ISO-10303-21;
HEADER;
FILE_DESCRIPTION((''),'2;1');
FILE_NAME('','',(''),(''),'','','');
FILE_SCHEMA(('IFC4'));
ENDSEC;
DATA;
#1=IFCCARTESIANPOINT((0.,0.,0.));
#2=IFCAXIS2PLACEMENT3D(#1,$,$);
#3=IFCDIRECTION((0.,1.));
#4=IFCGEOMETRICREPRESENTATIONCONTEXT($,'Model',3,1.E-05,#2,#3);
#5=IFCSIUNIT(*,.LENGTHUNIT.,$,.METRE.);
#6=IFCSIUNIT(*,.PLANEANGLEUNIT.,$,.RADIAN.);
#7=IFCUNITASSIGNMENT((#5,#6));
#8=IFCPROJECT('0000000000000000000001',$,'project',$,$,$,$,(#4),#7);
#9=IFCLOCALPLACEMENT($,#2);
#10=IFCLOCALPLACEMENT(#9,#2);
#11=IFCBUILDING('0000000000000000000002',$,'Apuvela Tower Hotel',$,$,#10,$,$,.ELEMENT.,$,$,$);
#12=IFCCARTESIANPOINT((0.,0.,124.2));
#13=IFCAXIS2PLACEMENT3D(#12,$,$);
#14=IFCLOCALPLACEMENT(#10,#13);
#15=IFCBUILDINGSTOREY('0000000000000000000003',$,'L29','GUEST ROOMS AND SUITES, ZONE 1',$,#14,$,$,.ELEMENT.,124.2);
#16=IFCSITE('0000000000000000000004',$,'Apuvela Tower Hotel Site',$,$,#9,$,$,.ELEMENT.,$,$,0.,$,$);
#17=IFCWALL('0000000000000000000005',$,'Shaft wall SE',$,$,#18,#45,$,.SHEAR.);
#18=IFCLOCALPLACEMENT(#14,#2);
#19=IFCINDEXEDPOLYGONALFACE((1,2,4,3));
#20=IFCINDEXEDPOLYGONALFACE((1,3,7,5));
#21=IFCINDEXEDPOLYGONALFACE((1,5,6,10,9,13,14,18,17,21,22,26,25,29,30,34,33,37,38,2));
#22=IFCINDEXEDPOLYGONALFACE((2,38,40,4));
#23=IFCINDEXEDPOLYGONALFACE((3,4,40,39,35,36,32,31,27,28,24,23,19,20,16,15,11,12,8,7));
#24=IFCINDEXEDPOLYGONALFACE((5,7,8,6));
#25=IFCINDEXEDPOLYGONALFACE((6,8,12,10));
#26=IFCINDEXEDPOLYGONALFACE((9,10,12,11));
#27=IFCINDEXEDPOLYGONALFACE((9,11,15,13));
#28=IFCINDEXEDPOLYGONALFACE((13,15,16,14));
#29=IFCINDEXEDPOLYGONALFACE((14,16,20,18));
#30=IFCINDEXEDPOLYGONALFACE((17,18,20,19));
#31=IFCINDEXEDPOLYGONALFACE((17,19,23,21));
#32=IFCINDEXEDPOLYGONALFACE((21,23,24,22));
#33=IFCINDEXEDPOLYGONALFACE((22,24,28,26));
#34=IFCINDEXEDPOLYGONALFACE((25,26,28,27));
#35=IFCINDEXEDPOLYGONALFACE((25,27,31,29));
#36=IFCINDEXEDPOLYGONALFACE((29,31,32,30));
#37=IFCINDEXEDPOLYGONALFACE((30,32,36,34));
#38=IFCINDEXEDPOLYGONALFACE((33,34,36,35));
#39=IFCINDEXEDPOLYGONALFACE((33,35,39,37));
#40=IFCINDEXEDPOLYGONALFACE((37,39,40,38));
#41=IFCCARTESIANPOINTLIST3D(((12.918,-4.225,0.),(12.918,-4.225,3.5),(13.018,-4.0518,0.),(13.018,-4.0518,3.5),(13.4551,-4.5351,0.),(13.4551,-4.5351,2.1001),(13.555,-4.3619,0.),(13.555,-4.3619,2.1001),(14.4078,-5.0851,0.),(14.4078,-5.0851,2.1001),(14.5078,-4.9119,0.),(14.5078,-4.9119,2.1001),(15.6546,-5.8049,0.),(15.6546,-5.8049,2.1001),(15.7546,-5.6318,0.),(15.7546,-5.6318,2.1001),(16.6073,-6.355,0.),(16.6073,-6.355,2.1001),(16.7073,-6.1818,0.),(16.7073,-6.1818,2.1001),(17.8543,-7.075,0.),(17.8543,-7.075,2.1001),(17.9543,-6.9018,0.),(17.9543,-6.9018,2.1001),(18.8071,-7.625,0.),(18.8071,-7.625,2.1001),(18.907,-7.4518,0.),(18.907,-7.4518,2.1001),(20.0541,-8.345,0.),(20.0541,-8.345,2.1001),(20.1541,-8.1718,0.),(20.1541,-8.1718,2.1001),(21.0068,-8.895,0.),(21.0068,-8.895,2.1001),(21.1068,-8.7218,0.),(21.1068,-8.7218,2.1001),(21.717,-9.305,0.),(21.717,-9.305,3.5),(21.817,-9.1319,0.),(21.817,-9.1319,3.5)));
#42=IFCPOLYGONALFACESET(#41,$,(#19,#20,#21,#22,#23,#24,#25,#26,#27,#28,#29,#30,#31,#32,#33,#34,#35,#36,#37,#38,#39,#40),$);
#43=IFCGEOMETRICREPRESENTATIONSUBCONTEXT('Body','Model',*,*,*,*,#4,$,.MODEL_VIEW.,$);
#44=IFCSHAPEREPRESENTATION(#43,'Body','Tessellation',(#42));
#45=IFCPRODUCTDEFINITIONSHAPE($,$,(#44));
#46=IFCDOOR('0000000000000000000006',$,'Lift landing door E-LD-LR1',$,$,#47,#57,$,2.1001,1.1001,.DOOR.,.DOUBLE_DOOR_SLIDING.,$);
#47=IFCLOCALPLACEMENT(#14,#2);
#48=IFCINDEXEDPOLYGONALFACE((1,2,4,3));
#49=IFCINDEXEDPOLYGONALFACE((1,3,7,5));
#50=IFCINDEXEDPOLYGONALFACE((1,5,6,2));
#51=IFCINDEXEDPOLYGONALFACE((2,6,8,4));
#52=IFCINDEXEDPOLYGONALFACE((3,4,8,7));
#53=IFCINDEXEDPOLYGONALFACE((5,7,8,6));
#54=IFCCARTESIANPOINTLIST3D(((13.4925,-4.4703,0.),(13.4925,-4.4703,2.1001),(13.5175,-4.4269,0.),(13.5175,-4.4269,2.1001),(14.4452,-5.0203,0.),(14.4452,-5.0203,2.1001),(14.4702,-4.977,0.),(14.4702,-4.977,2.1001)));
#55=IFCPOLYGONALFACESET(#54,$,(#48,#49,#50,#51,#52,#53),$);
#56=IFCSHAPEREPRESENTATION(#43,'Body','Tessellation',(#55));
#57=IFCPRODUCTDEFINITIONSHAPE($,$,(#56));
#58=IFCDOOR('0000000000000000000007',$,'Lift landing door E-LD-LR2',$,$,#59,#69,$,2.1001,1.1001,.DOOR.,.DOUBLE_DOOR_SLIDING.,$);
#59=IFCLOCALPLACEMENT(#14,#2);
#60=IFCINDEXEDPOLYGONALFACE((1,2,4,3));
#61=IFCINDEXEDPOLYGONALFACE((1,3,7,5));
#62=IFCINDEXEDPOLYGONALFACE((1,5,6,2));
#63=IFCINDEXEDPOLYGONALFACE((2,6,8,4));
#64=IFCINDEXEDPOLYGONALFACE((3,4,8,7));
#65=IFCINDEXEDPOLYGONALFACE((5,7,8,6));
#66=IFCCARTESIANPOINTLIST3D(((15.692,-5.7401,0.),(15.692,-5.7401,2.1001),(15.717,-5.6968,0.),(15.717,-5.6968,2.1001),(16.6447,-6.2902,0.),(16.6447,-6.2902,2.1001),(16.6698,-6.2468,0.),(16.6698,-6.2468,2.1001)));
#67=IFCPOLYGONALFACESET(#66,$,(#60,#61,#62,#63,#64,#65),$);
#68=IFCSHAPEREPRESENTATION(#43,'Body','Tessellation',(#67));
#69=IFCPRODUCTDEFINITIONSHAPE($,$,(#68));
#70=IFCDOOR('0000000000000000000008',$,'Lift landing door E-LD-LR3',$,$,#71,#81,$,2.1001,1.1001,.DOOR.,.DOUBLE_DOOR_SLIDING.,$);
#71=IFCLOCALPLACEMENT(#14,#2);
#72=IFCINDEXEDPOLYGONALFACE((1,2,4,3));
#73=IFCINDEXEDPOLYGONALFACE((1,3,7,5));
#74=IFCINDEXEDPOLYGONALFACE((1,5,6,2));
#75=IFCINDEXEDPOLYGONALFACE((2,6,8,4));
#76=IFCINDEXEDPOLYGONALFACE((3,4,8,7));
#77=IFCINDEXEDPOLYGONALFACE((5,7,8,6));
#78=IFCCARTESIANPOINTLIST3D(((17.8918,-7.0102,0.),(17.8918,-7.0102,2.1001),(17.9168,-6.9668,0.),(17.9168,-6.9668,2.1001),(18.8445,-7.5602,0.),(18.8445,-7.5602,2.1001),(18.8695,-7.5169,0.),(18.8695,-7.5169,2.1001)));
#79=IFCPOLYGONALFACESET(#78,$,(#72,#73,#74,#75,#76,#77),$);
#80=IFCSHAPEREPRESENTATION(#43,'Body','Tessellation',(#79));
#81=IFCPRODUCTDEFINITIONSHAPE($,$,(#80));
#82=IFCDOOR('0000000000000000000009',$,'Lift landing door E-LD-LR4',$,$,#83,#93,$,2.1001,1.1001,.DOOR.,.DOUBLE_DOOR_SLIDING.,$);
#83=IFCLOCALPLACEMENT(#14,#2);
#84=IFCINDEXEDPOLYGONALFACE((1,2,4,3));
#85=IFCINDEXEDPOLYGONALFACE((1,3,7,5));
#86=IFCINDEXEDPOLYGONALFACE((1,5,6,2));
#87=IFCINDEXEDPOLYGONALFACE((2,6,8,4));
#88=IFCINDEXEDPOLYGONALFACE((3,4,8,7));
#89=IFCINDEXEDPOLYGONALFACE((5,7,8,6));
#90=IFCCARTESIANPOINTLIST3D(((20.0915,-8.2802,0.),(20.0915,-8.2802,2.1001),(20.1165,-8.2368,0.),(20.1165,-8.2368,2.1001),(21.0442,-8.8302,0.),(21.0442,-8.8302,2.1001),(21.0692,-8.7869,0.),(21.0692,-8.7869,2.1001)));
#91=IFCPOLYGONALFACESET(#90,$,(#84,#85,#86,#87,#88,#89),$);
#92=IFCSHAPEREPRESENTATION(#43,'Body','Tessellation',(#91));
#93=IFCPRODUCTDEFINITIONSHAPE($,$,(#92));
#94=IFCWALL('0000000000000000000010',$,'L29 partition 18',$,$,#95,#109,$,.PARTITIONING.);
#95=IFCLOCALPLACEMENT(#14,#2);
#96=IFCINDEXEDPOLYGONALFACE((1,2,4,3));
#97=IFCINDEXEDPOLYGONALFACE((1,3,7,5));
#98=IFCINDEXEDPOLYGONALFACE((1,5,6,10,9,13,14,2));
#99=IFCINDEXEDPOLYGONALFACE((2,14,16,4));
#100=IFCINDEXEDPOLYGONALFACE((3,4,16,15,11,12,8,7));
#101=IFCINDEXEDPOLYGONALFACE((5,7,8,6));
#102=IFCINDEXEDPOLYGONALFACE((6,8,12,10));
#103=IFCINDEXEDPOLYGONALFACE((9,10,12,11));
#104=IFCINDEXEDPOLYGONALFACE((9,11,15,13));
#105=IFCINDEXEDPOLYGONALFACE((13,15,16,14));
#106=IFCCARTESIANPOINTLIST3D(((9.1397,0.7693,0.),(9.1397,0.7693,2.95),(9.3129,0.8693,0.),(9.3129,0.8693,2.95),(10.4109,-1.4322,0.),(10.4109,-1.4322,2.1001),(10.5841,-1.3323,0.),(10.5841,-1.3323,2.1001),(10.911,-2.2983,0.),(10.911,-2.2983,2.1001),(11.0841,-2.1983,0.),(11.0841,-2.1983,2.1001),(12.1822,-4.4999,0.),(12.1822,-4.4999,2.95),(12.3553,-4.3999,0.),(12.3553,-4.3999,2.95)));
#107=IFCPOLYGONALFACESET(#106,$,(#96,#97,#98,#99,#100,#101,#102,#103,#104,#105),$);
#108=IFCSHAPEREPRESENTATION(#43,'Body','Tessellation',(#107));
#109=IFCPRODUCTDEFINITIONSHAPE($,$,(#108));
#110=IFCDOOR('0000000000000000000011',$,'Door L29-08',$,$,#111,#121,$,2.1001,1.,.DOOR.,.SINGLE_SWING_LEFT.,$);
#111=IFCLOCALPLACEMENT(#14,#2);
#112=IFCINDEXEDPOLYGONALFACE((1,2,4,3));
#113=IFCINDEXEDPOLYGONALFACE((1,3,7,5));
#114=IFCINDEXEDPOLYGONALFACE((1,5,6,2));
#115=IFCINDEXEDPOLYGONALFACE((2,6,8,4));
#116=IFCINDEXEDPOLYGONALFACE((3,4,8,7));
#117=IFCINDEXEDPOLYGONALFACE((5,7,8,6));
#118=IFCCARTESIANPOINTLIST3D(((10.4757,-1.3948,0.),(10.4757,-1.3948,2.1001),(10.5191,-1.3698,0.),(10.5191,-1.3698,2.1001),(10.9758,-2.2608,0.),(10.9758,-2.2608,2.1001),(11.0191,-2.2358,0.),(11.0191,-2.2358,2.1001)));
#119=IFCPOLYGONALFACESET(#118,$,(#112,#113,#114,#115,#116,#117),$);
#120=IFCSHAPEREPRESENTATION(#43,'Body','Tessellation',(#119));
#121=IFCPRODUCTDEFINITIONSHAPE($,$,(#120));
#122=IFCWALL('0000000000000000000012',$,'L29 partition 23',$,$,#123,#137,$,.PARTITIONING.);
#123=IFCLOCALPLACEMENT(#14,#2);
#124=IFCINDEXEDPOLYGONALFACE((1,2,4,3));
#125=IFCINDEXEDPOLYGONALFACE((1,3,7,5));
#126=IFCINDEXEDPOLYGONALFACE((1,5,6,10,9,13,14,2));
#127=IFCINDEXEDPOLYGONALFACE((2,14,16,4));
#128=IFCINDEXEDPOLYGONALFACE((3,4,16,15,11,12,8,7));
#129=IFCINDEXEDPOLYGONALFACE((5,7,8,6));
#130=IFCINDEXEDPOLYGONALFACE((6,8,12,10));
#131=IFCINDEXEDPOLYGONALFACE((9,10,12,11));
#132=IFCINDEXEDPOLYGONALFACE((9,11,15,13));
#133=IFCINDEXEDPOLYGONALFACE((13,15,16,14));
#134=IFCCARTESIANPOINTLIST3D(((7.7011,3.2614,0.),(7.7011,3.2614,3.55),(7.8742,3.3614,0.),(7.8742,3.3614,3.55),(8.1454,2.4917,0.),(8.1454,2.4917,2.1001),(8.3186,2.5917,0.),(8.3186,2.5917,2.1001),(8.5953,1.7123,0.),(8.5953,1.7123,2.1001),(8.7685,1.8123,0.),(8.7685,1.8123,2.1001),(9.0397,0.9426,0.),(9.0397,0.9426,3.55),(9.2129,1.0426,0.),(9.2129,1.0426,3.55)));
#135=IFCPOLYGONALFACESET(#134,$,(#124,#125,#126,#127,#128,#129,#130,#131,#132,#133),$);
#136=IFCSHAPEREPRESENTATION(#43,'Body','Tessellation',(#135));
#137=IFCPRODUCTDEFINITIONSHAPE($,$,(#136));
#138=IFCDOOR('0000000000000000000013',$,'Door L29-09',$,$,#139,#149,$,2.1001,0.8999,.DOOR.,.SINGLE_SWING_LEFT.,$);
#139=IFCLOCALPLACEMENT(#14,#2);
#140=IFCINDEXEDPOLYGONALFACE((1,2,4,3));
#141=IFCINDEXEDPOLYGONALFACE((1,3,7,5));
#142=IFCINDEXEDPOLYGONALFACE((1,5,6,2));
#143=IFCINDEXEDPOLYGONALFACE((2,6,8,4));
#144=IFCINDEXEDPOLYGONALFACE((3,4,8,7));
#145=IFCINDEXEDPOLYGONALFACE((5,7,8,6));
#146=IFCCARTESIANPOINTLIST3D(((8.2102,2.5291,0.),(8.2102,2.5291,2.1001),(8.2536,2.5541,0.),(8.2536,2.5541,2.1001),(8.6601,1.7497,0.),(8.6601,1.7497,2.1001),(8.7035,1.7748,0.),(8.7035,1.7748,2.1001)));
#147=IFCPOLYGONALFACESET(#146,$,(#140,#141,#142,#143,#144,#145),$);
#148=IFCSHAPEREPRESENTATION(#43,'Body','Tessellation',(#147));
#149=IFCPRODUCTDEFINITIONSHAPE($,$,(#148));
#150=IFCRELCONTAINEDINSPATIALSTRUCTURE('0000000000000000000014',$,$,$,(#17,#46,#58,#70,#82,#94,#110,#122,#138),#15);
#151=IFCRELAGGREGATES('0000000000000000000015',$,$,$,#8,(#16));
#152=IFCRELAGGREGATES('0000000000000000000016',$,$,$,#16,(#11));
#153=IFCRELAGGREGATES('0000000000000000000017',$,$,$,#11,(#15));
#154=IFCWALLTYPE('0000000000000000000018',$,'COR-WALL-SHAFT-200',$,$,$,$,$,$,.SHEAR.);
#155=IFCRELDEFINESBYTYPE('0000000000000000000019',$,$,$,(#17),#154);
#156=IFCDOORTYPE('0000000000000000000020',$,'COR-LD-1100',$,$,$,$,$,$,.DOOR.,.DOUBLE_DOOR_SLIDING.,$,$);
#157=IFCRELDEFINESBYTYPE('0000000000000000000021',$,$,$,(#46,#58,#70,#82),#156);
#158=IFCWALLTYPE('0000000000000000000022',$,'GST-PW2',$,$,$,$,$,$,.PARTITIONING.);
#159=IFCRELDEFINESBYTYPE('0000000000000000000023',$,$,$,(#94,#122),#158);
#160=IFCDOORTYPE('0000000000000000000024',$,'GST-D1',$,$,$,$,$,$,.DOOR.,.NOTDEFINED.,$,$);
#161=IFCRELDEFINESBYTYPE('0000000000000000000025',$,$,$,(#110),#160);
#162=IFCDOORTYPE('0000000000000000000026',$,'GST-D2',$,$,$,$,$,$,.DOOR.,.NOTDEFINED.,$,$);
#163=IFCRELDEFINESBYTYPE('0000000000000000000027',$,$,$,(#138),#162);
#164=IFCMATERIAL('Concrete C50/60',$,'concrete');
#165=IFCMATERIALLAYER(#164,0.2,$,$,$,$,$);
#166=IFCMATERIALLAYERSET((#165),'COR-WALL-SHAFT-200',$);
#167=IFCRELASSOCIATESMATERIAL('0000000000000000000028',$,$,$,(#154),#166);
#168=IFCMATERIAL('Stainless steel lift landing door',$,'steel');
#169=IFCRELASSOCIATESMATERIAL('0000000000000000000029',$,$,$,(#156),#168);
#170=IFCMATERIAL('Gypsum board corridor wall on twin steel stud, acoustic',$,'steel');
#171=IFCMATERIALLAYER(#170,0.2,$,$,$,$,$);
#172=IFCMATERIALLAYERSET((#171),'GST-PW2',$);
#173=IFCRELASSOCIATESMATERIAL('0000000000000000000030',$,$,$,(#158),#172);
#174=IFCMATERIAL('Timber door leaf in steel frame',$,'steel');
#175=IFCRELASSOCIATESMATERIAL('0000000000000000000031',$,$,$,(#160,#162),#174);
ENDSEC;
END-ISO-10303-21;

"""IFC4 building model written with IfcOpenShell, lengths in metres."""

from ifc_helpers import new_model, si_unit, direction, frame, frame_2d, origin, place, context, subcontext, project, spatial, rectangle, extrude, material, layer, layer_set, type_object, element, fill, save


model = new_model("IFC4")

# Units and contexts
model_context = context("Model", 3, precision=1e-05, world=origin(), true_north=direction((0.0, 1.0)))
body_context = subcontext(model_context, "Body", "Model", "MODEL_VIEW")
ifc_project = project(units=[si_unit("LENGTHUNIT", "METRE"), si_unit("PLANEANGLEUNIT", "RADIAN")], contexts=[model_context])

# Site, building, storey
site_placement = place(None, origin())
site = spatial("IfcSite", under=ifc_project, at=site_placement, Name="Apuvela Tower Hotel Site", CompositionType="ELEMENT", RefElevation=0.0)
building_placement = place(site_placement, origin())
building = spatial("IfcBuilding", under=site, at=building_placement, Name="Apuvela Tower Hotel", CompositionType="ELEMENT")
storey_placement = place(building_placement, frame((0.0, 0.0, 124.2)))
storey = spatial("IfcBuildingStorey", under=building, at=storey_placement, Name="L29", Description="GUEST ROOMS AND SUITES, ZONE 1", CompositionType="ELEMENT", Elevation=124.2)

# Shared definitions
ifc_material_1 = material(Name="Concrete C50/60", Category="concrete")

# Wall, openings, doors
ifc_layer_1 = layer(ifc_material_1, 0.2)
ifc_layer_set_1 = layer_set([ifc_layer_1], Name="COR-WALL-SHAFT-200")
wall_type_1 = type_object("IfcWallType", Name="COR-WALL-SHAFT-200", PredefinedType="SHEAR", material=ifc_layer_set_1)
wall_1_placement = place(storey_placement, frame((12.968, -4.1384, 0.0), z_axis=(0.0, 0.0, 1.0), x_axis=(0.866028, -0.499995, 0.0)))
wall_1 = element("IfcWall", 1, at=wall_1_placement, inside=storey, type_object=wall_type_1, Name="Shaft wall SE", PredefinedType="SHEAR", context=body_context, shape_type="SweptSolid", body=[
    extrude(rectangle(XDim=10.1602, YDim=0.2, at=frame_2d((5.0801, 0.0))), origin(), (0.0, 0.0, 1.0), 3.5),
])
opening_1_placement = place(wall_1_placement, frame((0.6201, 0.0, 0.0)))
opening_1 = element("IfcOpeningElement", 2, at=opening_1_placement, cuts=wall_1, PredefinedType="OPENING", context=body_context, shape_type="SweptSolid", body=[
    extrude(rectangle(XDim=1.1001, YDim=2.1001, at=frame_2d((0.55, 1.05))), frame((0.0, 0.1099, 0.0), z_axis=(0.0, -1.0, 0.0), x_axis=(1.0, 0.0, 0.0)), (0.0, 0.0, 1.0), 0.22),
])
opening_2_placement = place(wall_1_placement, frame((3.1599, 0.0, 0.0)))
opening_2 = element("IfcOpeningElement", 3, at=opening_2_placement, cuts=wall_1, PredefinedType="OPENING", context=body_context, shape_type="SweptSolid", body=[
    extrude(rectangle(XDim=1.1001, YDim=2.1001, at=frame_2d((0.55, 1.05))), frame((0.0, 0.1099, 0.0), z_axis=(0.0, -1.0, 0.0), x_axis=(1.0, 0.0, 0.0)), (0.0, 0.0, 1.0), 0.22),
])
opening_3_placement = place(wall_1_placement, frame((5.7, 0.0, 0.0)))
opening_3 = element("IfcOpeningElement", 4, at=opening_3_placement, cuts=wall_1, PredefinedType="OPENING", context=body_context, shape_type="SweptSolid", body=[
    extrude(rectangle(XDim=1.1001, YDim=2.1001, at=frame_2d((0.55, 1.05))), frame((0.0, 0.1099, 0.0), z_axis=(0.0, -1.0, 0.0), x_axis=(1.0, 0.0, 0.0)), (0.0, 0.0, 1.0), 0.22),
])
opening_4_placement = place(wall_1_placement, frame((8.24, 0.0, 0.0)))
opening_4 = element("IfcOpeningElement", 5, at=opening_4_placement, cuts=wall_1, PredefinedType="OPENING", context=body_context, shape_type="SweptSolid", body=[
    extrude(rectangle(XDim=1.1001, YDim=2.1001, at=frame_2d((0.55, 1.05))), frame((0.0, 0.1099, 0.0), z_axis=(0.0, -1.0, 0.0), x_axis=(1.0, 0.0, 0.0)), (0.0, 0.0, 1.0), 0.22),
])
ifc_material_2 = material(Name="Stainless steel lift landing door", Category="steel")
door_type_1 = type_object("IfcDoorType", Name="COR-LD-1100", OperationType="DOUBLE_DOOR_SLIDING", PredefinedType="DOOR", material=ifc_material_2)
door_1_placement = place(opening_1_placement, origin())
door_1 = element("IfcDoor", 6, at=door_1_placement, inside=storey, type_object=door_type_1, Name="Lift landing door E-LD-LR1", OperationType="DOUBLE_DOOR_SLIDING", OverallHeight=2.1001, OverallWidth=1.1001, PredefinedType="DOOR", context=body_context, shape_type="SweptSolid", body=[
    extrude(rectangle(XDim=1.1001, YDim=2.1001, at=frame_2d((0.55, 1.05))), frame((0.0, 0.0249, 0.0), z_axis=(0.0, -1.0, 0.0), x_axis=(1.0, 0.0, 0.0)), (0.0, 0.0, 1.0), 0.05),
])
fill(opening_1, door_1)
door_2_placement = place(opening_2_placement, origin())
door_2 = element("IfcDoor", 7, at=door_2_placement, inside=storey, type_object=door_type_1, Name="Lift landing door E-LD-LR2", OperationType="DOUBLE_DOOR_SLIDING", OverallHeight=2.1001, OverallWidth=1.1001, PredefinedType="DOOR", context=body_context, shape_type="SweptSolid", body=[
    extrude(rectangle(XDim=1.1001, YDim=2.1001, at=frame_2d((0.55, 1.05))), frame((0.0, 0.0249, 0.0), z_axis=(0.0, -1.0, 0.0), x_axis=(1.0, 0.0, 0.0)), (0.0, 0.0, 1.0), 0.05),
])
fill(opening_2, door_2)
door_3_placement = place(opening_3_placement, origin())
door_3 = element("IfcDoor", 8, at=door_3_placement, inside=storey, type_object=door_type_1, Name="Lift landing door E-LD-LR3", OperationType="DOUBLE_DOOR_SLIDING", OverallHeight=2.1001, OverallWidth=1.1001, PredefinedType="DOOR", context=body_context, shape_type="SweptSolid", body=[
    extrude(rectangle(XDim=1.1001, YDim=2.1001, at=frame_2d((0.55, 1.05))), frame((0.0, 0.0249, 0.0), z_axis=(0.0, -1.0, 0.0), x_axis=(1.0, 0.0, 0.0)), (0.0, 0.0, 1.0), 0.05),
])
fill(opening_3, door_3)
door_4_placement = place(opening_4_placement, origin())
door_4 = element("IfcDoor", 9, at=door_4_placement, inside=storey, type_object=door_type_1, Name="Lift landing door E-LD-LR4", OperationType="DOUBLE_DOOR_SLIDING", OverallHeight=2.1001, OverallWidth=1.1001, PredefinedType="DOOR", context=body_context, shape_type="SweptSolid", body=[
    extrude(rectangle(XDim=1.1001, YDim=2.1001, at=frame_2d((0.55, 1.05))), frame((0.0, 0.0249, 0.0), z_axis=(0.0, -1.0, 0.0), x_axis=(1.0, 0.0, 0.0)), (0.0, 0.0, 1.0), 0.05),
])
fill(opening_4, door_4)

# Walls, openings, doors
ifc_material_3 = material(Name="Gypsum board corridor wall on twin steel stud, acoustic", Category="steel")
ifc_layer_2 = layer(ifc_material_3, 0.2)
ifc_layer_set_2 = layer_set([ifc_layer_2], Name="GST-PW2")
wall_type_2 = type_object("IfcWallType", Name="GST-PW2", PredefinedType="PARTITIONING", material=ifc_layer_set_2)
wall_2_placement = place(storey_placement, frame((9.2263, 0.8193, 0.0), z_axis=(0.0, 0.0, 1.0), x_axis=(0.500032, -0.866007, 0.0)))
wall_2 = element("IfcWall", 10, at=wall_2_placement, inside=storey, type_object=wall_type_2, Name="L29 partition 18", PredefinedType="PARTITIONING", context=body_context, shape_type="SweptSolid", body=[
    extrude(rectangle(XDim=6.0845, YDim=0.2, at=frame_2d((3.0422, 0.0))), origin(), (0.0, 0.0, 1.0), 2.95),
])
opening_5_placement = place(wall_2_placement, frame((2.5422, 0.0, 0.0)))
opening_5 = element("IfcOpeningElement", 11, at=opening_5_placement, cuts=wall_2, PredefinedType="OPENING", context=body_context, shape_type="SweptSolid", body=[
    extrude(rectangle(XDim=1.0, YDim=2.1001, at=frame_2d((0.5, 1.05))), frame((0.0, 0.1099, 0.0), z_axis=(0.0, -1.0, 0.0), x_axis=(1.0, 0.0, 0.0)), (0.0, 0.0, 1.0), 0.22),
])
ifc_material_4 = material(Name="Timber door leaf in steel frame", Category="steel")
door_type_2 = type_object("IfcDoorType", Name="GST-D1", OperationType="NOTDEFINED", PredefinedType="DOOR", material=ifc_material_4)
door_5_placement = place(opening_5_placement, origin())
door_5 = element("IfcDoor", 12, at=door_5_placement, inside=storey, type_object=door_type_2, Name="Door L29-08", OperationType="SINGLE_SWING_LEFT", OverallHeight=2.1001, OverallWidth=1.0, PredefinedType="DOOR", context=body_context, shape_type="SweptSolid", body=[
    extrude(rectangle(XDim=1.0, YDim=2.1001, at=frame_2d((0.5, 1.05))), frame((0.0, 0.0249, 0.0), z_axis=(0.0, -1.0, 0.0), x_axis=(1.0, 0.0, 0.0)), (0.0, 0.0, 1.0), 0.05),
])
fill(opening_5, door_5)
wall_3_placement = place(storey_placement, frame((7.7876, 3.3115, 0.0), z_axis=(0.0, 0.0, 1.0), x_axis=(0.499954, -0.866052, 0.0)))
wall_3 = element("IfcWall", 13, at=wall_3_placement, inside=storey, type_object=wall_type_2, Name="L29 partition 23", PredefinedType="PARTITIONING", context=body_context, shape_type="SweptSolid", body=[
    extrude(rectangle(XDim=2.6775, YDim=0.2, at=frame_2d((1.3389, 0.0))), origin(), (0.0, 0.0, 1.0), 3.55),
])
opening_6_placement = place(wall_3_placement, frame((0.8889, 0.0, 0.0)))
opening_6 = element("IfcOpeningElement", 14, at=opening_6_placement, cuts=wall_3, PredefinedType="OPENING", context=body_context, shape_type="SweptSolid", body=[
    extrude(rectangle(XDim=0.8999, YDim=2.1001, at=frame_2d((0.45, 1.05))), frame((0.0, 0.1099, 0.0), z_axis=(0.0, -1.0, 0.0), x_axis=(1.0, 0.0, 0.0)), (0.0, 0.0, 1.0), 0.22),
])
door_type_3 = type_object("IfcDoorType", Name="GST-D2", OperationType="NOTDEFINED", PredefinedType="DOOR", material=ifc_material_4)
door_6_placement = place(opening_6_placement, origin())
door_6 = element("IfcDoor", 15, at=door_6_placement, inside=storey, type_object=door_type_3, Name="Door L29-09", OperationType="SINGLE_SWING_LEFT", OverallHeight=2.1001, OverallWidth=0.8999, PredefinedType="DOOR", context=body_context, shape_type="SweptSolid", body=[
    extrude(rectangle(XDim=0.8999, YDim=2.1001, at=frame_2d((0.45, 1.05))), frame((0.0, 0.0249, 0.0), z_axis=(0.0, -1.0, 0.0), x_axis=(1.0, 0.0, 0.0)), (0.0, 0.0, 1.0), 0.05),
])
fill(opening_6, door_6)

save(model, "model.ifc")
